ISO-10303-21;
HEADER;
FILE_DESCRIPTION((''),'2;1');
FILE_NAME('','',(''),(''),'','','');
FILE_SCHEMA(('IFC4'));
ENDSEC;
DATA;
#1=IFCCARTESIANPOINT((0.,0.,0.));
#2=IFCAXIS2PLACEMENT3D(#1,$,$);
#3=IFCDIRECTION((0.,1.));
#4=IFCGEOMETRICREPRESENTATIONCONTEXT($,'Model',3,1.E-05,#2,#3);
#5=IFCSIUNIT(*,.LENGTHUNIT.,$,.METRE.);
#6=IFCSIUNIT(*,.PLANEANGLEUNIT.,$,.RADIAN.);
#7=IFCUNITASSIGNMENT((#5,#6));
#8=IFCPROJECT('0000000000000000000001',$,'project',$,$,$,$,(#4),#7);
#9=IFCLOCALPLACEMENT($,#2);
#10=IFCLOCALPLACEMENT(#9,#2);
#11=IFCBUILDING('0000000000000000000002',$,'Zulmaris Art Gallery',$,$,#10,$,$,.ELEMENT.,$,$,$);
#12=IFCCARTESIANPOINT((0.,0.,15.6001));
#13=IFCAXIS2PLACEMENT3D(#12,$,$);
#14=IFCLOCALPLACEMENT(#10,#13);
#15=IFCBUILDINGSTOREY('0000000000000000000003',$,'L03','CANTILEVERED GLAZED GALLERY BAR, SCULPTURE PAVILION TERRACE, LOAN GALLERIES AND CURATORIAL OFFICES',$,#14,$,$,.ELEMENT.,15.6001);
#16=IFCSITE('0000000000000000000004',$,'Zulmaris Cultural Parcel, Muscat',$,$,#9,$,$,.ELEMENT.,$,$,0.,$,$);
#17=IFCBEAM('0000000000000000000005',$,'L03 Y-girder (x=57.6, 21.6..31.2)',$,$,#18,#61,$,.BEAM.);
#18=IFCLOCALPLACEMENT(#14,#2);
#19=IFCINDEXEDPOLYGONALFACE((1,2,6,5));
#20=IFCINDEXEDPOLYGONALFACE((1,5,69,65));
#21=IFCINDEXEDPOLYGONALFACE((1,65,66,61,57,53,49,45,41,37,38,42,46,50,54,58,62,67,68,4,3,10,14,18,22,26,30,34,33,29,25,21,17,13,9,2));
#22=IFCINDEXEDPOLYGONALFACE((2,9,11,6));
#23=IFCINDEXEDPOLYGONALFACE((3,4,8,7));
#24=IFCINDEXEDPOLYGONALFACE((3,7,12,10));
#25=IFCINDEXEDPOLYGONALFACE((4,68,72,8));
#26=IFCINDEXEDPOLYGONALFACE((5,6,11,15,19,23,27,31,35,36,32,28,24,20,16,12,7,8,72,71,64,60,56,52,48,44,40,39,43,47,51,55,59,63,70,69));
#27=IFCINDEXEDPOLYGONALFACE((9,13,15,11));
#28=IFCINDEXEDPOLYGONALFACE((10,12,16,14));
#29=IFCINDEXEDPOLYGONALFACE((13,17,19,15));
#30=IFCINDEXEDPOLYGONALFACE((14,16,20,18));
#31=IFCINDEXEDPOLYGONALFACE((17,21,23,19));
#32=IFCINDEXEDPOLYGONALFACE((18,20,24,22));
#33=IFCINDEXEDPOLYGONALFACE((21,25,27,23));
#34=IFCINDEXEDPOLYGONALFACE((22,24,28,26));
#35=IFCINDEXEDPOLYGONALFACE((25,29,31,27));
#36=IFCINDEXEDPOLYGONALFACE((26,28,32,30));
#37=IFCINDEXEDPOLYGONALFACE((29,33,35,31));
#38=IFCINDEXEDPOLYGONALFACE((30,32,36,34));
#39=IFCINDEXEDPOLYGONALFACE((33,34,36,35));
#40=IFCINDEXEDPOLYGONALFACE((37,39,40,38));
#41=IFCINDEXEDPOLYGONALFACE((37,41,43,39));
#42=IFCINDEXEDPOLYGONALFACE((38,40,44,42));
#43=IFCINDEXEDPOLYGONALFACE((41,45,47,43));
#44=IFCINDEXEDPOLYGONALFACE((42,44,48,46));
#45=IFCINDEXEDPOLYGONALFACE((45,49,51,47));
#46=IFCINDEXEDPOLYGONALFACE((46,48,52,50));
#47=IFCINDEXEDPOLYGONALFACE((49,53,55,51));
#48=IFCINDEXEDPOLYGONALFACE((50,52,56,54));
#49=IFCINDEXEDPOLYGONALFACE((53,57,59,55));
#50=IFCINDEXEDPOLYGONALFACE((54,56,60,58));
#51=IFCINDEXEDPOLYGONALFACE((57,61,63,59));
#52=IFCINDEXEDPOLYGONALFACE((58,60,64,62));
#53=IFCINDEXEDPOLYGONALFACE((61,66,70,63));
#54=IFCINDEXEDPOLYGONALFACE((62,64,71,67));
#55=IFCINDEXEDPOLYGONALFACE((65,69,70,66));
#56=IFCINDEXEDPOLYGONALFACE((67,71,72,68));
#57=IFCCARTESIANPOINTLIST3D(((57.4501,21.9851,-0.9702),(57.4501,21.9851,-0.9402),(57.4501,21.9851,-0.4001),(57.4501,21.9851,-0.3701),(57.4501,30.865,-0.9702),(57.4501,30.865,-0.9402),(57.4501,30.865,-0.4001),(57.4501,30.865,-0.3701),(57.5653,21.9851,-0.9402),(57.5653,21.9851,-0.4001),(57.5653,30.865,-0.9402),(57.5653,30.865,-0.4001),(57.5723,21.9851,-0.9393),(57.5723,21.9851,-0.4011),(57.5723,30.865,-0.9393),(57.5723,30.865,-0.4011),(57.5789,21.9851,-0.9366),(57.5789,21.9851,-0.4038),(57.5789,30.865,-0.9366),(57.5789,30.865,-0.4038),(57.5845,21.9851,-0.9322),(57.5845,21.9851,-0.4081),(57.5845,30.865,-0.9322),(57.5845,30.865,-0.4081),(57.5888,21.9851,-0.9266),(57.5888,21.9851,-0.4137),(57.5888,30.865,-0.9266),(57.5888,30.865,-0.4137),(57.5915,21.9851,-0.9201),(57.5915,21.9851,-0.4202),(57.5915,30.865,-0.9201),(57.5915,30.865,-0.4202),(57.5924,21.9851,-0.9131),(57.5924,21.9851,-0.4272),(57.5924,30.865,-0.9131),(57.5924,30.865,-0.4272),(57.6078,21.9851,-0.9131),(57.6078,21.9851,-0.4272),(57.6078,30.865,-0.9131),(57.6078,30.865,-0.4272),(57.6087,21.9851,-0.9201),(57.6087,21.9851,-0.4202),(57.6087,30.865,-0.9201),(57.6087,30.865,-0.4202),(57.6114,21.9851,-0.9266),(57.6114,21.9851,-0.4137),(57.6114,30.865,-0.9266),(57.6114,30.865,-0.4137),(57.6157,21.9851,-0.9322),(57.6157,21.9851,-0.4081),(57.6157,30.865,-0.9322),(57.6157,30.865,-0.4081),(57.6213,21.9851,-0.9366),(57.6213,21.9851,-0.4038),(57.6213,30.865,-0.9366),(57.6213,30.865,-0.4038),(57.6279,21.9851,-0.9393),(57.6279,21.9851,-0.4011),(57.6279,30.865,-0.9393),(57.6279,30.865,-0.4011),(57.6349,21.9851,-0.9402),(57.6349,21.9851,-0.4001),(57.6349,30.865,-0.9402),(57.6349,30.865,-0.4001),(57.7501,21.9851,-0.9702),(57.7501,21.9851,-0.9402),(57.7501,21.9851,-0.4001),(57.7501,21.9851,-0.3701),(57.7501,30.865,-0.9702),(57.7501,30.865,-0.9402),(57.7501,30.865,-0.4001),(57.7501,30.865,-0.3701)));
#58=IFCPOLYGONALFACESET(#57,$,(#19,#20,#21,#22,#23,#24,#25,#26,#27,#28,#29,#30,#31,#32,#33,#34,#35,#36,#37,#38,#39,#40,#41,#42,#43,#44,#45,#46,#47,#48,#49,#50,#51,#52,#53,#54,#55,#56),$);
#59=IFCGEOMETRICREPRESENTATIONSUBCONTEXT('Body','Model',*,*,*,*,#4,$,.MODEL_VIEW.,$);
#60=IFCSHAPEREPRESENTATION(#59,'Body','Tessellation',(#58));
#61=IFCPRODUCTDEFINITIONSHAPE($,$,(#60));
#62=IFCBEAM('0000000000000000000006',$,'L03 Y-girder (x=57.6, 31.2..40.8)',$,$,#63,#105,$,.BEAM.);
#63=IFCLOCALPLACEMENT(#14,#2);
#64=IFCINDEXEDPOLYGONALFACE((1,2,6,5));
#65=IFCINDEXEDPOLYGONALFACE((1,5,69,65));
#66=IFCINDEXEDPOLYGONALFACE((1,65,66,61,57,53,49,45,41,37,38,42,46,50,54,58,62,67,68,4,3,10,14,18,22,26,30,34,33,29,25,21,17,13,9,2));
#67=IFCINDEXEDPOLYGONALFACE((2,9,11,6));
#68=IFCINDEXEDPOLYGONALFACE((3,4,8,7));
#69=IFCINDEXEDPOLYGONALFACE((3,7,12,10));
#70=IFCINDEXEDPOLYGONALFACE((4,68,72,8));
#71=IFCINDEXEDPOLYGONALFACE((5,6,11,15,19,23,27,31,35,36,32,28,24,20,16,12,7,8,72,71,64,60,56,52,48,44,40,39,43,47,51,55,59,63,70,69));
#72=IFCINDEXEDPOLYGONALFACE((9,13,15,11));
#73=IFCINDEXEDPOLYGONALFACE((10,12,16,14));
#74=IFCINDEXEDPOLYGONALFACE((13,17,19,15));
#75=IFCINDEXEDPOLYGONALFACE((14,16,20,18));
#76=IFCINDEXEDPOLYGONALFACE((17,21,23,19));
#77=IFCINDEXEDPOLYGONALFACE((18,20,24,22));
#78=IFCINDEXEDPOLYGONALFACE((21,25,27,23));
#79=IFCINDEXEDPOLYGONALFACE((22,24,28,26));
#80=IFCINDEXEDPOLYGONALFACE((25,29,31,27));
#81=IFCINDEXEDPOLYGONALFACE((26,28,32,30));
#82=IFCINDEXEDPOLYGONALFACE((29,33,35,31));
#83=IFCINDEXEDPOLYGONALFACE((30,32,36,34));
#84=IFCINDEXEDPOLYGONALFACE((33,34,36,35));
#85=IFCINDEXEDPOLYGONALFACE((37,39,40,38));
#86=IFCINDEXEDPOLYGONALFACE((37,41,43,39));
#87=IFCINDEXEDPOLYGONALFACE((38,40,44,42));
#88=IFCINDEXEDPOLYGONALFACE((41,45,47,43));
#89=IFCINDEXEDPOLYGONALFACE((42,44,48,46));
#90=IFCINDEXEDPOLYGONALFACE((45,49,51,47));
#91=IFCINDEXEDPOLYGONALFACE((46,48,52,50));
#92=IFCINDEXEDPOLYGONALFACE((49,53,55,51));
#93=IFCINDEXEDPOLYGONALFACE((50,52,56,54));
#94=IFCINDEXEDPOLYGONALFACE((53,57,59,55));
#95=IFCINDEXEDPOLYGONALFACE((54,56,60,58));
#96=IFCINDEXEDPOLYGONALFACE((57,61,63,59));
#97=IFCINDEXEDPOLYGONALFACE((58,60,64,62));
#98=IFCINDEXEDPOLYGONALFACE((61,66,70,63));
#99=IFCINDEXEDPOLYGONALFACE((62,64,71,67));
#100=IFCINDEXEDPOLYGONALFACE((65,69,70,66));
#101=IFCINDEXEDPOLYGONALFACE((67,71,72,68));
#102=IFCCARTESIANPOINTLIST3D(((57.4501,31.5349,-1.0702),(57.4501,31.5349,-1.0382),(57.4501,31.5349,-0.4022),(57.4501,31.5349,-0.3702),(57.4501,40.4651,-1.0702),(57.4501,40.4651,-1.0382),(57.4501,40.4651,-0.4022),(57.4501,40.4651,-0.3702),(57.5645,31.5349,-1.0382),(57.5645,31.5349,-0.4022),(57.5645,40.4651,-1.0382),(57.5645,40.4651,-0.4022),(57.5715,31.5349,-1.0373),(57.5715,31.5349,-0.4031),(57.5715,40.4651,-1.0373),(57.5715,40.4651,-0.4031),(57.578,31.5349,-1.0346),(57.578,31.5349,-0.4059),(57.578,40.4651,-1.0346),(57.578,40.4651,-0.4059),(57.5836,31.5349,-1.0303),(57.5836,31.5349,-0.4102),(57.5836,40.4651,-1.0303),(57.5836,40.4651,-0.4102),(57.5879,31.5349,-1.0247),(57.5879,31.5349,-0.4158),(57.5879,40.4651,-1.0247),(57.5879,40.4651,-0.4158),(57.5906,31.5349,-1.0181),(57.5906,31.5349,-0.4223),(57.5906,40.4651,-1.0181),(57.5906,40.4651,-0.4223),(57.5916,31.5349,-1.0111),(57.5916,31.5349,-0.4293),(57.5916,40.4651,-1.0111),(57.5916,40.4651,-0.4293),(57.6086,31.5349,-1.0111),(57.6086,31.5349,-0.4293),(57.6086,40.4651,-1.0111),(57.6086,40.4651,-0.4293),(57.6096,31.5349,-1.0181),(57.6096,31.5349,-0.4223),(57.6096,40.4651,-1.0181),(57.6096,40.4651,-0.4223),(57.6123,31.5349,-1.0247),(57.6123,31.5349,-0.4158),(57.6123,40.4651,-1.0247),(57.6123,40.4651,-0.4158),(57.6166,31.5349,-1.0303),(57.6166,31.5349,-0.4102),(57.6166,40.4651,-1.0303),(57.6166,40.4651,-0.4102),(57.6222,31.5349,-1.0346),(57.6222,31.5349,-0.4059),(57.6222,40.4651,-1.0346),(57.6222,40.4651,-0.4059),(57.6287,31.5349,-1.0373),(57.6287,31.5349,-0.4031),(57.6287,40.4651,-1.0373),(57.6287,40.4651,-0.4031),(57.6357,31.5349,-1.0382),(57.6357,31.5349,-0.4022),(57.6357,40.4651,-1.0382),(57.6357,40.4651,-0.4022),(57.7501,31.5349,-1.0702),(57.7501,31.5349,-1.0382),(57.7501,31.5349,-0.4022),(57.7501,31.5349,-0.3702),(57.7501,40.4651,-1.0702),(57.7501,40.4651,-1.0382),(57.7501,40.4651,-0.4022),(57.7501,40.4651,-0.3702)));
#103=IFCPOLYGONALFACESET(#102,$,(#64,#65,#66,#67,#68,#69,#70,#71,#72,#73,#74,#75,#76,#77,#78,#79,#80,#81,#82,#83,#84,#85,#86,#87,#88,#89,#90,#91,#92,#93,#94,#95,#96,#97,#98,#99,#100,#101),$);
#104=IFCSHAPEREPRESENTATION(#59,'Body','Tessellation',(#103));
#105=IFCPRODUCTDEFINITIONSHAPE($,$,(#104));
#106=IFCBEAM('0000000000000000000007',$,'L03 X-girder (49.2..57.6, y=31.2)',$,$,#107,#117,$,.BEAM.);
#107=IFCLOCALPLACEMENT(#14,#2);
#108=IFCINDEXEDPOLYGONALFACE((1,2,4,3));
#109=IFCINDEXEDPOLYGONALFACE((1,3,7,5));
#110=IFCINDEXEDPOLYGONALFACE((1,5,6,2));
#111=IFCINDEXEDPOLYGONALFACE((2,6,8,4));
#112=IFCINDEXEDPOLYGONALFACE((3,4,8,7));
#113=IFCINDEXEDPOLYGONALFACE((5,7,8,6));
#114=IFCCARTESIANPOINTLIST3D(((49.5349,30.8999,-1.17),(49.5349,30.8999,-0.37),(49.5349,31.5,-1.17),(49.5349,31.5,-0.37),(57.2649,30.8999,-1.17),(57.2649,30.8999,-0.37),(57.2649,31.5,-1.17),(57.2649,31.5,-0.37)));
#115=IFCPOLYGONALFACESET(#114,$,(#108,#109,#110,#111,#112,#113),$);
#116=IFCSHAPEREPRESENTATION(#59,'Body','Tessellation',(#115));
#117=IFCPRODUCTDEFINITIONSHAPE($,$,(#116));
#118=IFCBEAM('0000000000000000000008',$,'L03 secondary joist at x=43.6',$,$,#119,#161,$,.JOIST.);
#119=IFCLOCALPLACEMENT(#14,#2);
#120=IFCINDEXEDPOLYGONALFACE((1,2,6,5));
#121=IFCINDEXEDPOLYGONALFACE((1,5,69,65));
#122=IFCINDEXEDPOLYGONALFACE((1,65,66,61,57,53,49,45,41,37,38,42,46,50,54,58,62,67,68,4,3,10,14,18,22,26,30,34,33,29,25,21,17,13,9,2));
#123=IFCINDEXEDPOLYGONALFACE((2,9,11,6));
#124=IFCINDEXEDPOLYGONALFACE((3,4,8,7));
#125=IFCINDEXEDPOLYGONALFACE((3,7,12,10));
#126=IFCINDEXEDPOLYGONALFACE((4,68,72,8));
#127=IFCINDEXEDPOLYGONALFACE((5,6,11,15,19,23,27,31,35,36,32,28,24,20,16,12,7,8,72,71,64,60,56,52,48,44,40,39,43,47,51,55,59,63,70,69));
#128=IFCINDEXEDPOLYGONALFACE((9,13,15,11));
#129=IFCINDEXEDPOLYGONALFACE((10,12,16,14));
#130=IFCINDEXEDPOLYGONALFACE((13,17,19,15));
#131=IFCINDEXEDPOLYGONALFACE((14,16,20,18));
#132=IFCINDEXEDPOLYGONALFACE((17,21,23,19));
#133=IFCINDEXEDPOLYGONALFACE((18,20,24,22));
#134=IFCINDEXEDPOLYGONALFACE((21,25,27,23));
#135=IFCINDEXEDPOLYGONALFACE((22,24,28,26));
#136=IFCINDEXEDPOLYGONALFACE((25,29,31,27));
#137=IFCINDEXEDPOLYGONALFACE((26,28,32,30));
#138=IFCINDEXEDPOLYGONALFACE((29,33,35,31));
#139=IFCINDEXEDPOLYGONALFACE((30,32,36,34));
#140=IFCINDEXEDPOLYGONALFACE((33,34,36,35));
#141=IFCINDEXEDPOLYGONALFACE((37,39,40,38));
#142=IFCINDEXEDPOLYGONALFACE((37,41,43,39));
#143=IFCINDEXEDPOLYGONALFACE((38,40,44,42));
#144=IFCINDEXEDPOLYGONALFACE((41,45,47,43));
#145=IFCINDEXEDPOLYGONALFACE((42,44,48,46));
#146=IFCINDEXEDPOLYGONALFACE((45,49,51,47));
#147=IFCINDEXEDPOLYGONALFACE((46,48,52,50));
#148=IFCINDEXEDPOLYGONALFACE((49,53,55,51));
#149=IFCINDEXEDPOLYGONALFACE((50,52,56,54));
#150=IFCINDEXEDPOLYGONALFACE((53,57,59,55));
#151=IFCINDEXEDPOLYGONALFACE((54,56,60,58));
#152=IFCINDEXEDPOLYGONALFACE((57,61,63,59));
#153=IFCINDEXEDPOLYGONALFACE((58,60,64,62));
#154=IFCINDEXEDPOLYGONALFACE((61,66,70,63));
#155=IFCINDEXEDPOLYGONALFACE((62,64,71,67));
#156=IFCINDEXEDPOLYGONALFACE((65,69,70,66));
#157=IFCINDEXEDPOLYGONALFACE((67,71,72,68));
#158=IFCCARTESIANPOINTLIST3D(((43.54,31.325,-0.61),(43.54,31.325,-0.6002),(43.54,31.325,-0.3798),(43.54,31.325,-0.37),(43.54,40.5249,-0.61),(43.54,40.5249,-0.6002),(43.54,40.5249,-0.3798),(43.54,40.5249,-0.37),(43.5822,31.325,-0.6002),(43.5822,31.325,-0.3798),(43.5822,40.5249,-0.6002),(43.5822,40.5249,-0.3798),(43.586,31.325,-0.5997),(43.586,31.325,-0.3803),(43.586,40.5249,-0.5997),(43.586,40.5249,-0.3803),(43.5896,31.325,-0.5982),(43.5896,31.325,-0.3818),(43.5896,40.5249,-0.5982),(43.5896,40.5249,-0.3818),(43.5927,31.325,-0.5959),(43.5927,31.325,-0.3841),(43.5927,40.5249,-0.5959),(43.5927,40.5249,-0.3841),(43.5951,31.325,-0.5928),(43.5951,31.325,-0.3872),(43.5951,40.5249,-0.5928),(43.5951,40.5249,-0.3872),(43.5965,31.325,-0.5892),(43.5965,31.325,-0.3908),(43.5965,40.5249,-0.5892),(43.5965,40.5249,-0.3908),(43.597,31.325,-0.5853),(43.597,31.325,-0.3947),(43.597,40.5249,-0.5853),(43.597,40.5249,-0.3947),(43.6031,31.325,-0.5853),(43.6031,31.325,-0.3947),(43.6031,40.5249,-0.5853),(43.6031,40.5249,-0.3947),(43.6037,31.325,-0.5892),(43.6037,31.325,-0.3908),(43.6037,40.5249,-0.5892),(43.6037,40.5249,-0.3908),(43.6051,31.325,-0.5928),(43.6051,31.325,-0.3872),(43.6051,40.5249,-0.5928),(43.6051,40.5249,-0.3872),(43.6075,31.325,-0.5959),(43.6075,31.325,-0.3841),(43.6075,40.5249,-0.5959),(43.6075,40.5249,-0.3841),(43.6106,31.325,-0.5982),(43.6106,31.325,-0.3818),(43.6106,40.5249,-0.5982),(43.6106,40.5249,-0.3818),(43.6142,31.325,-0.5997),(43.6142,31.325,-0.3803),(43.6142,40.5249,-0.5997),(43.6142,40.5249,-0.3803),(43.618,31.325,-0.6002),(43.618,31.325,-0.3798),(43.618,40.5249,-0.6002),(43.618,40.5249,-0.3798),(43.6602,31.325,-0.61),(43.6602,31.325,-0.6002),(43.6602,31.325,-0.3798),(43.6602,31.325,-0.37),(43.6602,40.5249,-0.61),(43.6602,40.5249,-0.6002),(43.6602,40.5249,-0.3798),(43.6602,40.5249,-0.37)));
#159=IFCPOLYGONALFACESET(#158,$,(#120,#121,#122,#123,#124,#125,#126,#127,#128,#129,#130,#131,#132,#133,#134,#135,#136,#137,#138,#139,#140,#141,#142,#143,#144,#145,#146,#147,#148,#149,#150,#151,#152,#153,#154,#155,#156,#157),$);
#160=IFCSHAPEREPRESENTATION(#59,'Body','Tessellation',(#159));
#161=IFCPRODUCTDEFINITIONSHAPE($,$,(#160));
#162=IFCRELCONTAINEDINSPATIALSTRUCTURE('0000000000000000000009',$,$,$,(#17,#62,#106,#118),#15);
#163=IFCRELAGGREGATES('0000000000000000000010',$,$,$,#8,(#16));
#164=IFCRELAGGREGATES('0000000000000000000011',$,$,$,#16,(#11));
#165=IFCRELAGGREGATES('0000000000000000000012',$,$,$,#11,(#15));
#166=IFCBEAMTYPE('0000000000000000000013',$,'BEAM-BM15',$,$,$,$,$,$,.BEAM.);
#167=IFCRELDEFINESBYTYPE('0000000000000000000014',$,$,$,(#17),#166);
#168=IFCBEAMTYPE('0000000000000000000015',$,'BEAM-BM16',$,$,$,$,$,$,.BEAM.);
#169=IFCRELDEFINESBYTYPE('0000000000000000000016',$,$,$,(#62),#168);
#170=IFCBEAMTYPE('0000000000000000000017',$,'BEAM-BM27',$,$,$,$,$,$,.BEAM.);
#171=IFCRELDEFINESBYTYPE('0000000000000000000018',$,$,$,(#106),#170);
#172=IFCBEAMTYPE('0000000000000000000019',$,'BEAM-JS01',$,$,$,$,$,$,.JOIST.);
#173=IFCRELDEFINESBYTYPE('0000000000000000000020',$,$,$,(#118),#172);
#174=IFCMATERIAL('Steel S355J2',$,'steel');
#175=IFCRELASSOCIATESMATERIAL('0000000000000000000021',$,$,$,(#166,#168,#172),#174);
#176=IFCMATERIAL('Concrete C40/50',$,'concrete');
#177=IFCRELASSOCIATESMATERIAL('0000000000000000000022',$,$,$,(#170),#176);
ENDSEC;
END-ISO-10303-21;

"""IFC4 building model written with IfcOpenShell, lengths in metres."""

from ifc_helpers import new_model, si_unit, direction, frame, origin, origin_2d, place, context, subcontext, project, spatial, rectangle, i_section, extrude, material, material_profile, profile_set, type_object, element, save


model = new_model("IFC4")

# Units and contexts
model_context = context("Model", 3, precision=1e-05, world=origin(), true_north=direction((0.0, 1.0)))
body_context = subcontext(model_context, "Body", "Model", "MODEL_VIEW")
ifc_project = project(units=[si_unit("LENGTHUNIT", "METRE"), si_unit("PLANEANGLEUNIT", "RADIAN")], contexts=[model_context])

# Site, building, storey
site_placement = place(None, origin())
site = spatial("IfcSite", under=ifc_project, at=site_placement, Name="Zulmaris Cultural Parcel, Muscat", CompositionType="ELEMENT", RefElevation=0.0)
building_placement = place(site_placement, origin())
building = spatial("IfcBuilding", under=site, at=building_placement, Name="Zulmaris Art Gallery", CompositionType="ELEMENT")
storey_placement = place(building_placement, frame((0.0, 0.0, 15.6001)))
storey = spatial("IfcBuildingStorey", under=building, at=storey_placement, Name="L03", Description="CANTILEVERED GLAZED GALLERY BAR, SCULPTURE PAVILION TERRACE, LOAN GALLERIES AND CURATORIAL OFFICES", CompositionType="ELEMENT", Elevation=15.6001)

# Shared definitions
ifc_material_1 = material(Name="Concrete C40/50", Category="concrete")

# Beams
ifc_material_2 = material(Name="Steel S355J2", Category="steel")
ifc_material_profile_1 = material_profile(ifc_material_2, i_section(OverallWidth=0.3, OverallDepth=0.6001, WebThickness=0.0154, FlangeThickness=0.03, FilletRadius=0.0271, at=origin_2d()), Name="HEB 600")
ifc_profile_set_1 = profile_set([ifc_material_profile_1], Name="Steel S355J2")
beam_type_1 = type_object("IfcBeamType", Name="BEAM-BM15", PredefinedType="BEAM", material=ifc_profile_set_1)
beam_1_placement = place(storey_placement, frame((57.6001, 21.9851, -0.6702), z_axis=(0.0, 1.0, 0.0), x_axis=(-1.0, 0.0, 0.0)))
element("IfcBeam", 1, at=beam_1_placement, inside=storey, type_object=beam_type_1, Name="L03 Y-girder (x=57.6, 21.6..31.2)", PredefinedType="BEAM", context=body_context, shape_type="SweptSolid", body=[
    extrude(i_section(OverallWidth=0.3, OverallDepth=0.6001, WebThickness=0.0154, FlangeThickness=0.03, FilletRadius=0.0271, at=origin_2d()), origin(), (0.0, 0.0, 1.0), 8.8799),
])
ifc_material_profile_2 = material_profile(ifc_material_2, i_section(OverallWidth=0.3, OverallDepth=0.7, WebThickness=0.0171, FlangeThickness=0.032, FilletRadius=0.0271, at=origin_2d()), Name="HEB 700")
ifc_profile_set_2 = profile_set([ifc_material_profile_2], Name="Steel S355J2")
beam_type_2 = type_object("IfcBeamType", Name="BEAM-BM16", PredefinedType="BEAM", material=ifc_profile_set_2)
beam_2_placement = place(storey_placement, frame((57.6001, 31.5349, -0.7202), z_axis=(0.0, 1.0, 0.0), x_axis=(-1.0, 0.0, 0.0)))
element("IfcBeam", 2, at=beam_2_placement, inside=storey, type_object=beam_type_2, Name="L03 Y-girder (x=57.6, 31.2..40.8)", PredefinedType="BEAM", context=body_context, shape_type="SweptSolid", body=[
    extrude(i_section(OverallWidth=0.3, OverallDepth=0.7, WebThickness=0.0171, FlangeThickness=0.032, FilletRadius=0.0271, at=origin_2d()), origin(), (0.0, 0.0, 1.0), 8.9302),
])
ifc_material_profile_3 = material_profile(ifc_material_1, rectangle(XDim=0.6001, YDim=0.8, at=origin_2d()), Name="RC 600x800")
ifc_profile_set_3 = profile_set([ifc_material_profile_3], Name="Concrete C40/50")
beam_type_3 = type_object("IfcBeamType", Name="BEAM-BM27", PredefinedType="BEAM", material=ifc_profile_set_3)
beam_3_placement = place(storey_placement, frame((49.5349, 31.2, -0.77), z_axis=(1.0, 0.0, 0.0), x_axis=(0.0, 1.0, 0.0)))
element("IfcBeam", 3, at=beam_3_placement, inside=storey, type_object=beam_type_3, Name="L03 X-girder (49.2..57.6, y=31.2)", PredefinedType="BEAM", context=body_context, shape_type="SweptSolid", body=[
    extrude(rectangle(XDim=0.6001, YDim=0.8, at=origin_2d()), origin(), (0.0, 0.0, 1.0), 7.73),
])
ifc_material_profile_4 = material_profile(ifc_material_2, i_section(OverallWidth=0.1201, OverallDepth=0.24, WebThickness=0.0061, FlangeThickness=0.0098, FilletRadius=0.0149, at=origin_2d()), Name="IPE 240")
ifc_profile_set_4 = profile_set([ifc_material_profile_4], Name="Steel S355J2")
beam_type_4 = type_object("IfcBeamType", Name="BEAM-JS01", PredefinedType="JOIST", material=ifc_profile_set_4)
beam_4_placement = place(storey_placement, frame((43.6001, 31.325, -0.49), z_axis=(0.0, 1.0, 0.0), x_axis=(-1.0, 0.0, 0.0)))
element("IfcBeam", 4, at=beam_4_placement, inside=storey, type_object=beam_type_4, Name="L03 secondary joist at x=43.6", PredefinedType="JOIST", context=body_context, shape_type="SweptSolid", body=[
    extrude(i_section(OverallWidth=0.1201, OverallDepth=0.24, WebThickness=0.0061, FlangeThickness=0.0098, FilletRadius=0.0149, at=origin_2d()), origin(), (0.0, 0.0, 1.0), 9.2),
])

save(model, "model.ifc")
